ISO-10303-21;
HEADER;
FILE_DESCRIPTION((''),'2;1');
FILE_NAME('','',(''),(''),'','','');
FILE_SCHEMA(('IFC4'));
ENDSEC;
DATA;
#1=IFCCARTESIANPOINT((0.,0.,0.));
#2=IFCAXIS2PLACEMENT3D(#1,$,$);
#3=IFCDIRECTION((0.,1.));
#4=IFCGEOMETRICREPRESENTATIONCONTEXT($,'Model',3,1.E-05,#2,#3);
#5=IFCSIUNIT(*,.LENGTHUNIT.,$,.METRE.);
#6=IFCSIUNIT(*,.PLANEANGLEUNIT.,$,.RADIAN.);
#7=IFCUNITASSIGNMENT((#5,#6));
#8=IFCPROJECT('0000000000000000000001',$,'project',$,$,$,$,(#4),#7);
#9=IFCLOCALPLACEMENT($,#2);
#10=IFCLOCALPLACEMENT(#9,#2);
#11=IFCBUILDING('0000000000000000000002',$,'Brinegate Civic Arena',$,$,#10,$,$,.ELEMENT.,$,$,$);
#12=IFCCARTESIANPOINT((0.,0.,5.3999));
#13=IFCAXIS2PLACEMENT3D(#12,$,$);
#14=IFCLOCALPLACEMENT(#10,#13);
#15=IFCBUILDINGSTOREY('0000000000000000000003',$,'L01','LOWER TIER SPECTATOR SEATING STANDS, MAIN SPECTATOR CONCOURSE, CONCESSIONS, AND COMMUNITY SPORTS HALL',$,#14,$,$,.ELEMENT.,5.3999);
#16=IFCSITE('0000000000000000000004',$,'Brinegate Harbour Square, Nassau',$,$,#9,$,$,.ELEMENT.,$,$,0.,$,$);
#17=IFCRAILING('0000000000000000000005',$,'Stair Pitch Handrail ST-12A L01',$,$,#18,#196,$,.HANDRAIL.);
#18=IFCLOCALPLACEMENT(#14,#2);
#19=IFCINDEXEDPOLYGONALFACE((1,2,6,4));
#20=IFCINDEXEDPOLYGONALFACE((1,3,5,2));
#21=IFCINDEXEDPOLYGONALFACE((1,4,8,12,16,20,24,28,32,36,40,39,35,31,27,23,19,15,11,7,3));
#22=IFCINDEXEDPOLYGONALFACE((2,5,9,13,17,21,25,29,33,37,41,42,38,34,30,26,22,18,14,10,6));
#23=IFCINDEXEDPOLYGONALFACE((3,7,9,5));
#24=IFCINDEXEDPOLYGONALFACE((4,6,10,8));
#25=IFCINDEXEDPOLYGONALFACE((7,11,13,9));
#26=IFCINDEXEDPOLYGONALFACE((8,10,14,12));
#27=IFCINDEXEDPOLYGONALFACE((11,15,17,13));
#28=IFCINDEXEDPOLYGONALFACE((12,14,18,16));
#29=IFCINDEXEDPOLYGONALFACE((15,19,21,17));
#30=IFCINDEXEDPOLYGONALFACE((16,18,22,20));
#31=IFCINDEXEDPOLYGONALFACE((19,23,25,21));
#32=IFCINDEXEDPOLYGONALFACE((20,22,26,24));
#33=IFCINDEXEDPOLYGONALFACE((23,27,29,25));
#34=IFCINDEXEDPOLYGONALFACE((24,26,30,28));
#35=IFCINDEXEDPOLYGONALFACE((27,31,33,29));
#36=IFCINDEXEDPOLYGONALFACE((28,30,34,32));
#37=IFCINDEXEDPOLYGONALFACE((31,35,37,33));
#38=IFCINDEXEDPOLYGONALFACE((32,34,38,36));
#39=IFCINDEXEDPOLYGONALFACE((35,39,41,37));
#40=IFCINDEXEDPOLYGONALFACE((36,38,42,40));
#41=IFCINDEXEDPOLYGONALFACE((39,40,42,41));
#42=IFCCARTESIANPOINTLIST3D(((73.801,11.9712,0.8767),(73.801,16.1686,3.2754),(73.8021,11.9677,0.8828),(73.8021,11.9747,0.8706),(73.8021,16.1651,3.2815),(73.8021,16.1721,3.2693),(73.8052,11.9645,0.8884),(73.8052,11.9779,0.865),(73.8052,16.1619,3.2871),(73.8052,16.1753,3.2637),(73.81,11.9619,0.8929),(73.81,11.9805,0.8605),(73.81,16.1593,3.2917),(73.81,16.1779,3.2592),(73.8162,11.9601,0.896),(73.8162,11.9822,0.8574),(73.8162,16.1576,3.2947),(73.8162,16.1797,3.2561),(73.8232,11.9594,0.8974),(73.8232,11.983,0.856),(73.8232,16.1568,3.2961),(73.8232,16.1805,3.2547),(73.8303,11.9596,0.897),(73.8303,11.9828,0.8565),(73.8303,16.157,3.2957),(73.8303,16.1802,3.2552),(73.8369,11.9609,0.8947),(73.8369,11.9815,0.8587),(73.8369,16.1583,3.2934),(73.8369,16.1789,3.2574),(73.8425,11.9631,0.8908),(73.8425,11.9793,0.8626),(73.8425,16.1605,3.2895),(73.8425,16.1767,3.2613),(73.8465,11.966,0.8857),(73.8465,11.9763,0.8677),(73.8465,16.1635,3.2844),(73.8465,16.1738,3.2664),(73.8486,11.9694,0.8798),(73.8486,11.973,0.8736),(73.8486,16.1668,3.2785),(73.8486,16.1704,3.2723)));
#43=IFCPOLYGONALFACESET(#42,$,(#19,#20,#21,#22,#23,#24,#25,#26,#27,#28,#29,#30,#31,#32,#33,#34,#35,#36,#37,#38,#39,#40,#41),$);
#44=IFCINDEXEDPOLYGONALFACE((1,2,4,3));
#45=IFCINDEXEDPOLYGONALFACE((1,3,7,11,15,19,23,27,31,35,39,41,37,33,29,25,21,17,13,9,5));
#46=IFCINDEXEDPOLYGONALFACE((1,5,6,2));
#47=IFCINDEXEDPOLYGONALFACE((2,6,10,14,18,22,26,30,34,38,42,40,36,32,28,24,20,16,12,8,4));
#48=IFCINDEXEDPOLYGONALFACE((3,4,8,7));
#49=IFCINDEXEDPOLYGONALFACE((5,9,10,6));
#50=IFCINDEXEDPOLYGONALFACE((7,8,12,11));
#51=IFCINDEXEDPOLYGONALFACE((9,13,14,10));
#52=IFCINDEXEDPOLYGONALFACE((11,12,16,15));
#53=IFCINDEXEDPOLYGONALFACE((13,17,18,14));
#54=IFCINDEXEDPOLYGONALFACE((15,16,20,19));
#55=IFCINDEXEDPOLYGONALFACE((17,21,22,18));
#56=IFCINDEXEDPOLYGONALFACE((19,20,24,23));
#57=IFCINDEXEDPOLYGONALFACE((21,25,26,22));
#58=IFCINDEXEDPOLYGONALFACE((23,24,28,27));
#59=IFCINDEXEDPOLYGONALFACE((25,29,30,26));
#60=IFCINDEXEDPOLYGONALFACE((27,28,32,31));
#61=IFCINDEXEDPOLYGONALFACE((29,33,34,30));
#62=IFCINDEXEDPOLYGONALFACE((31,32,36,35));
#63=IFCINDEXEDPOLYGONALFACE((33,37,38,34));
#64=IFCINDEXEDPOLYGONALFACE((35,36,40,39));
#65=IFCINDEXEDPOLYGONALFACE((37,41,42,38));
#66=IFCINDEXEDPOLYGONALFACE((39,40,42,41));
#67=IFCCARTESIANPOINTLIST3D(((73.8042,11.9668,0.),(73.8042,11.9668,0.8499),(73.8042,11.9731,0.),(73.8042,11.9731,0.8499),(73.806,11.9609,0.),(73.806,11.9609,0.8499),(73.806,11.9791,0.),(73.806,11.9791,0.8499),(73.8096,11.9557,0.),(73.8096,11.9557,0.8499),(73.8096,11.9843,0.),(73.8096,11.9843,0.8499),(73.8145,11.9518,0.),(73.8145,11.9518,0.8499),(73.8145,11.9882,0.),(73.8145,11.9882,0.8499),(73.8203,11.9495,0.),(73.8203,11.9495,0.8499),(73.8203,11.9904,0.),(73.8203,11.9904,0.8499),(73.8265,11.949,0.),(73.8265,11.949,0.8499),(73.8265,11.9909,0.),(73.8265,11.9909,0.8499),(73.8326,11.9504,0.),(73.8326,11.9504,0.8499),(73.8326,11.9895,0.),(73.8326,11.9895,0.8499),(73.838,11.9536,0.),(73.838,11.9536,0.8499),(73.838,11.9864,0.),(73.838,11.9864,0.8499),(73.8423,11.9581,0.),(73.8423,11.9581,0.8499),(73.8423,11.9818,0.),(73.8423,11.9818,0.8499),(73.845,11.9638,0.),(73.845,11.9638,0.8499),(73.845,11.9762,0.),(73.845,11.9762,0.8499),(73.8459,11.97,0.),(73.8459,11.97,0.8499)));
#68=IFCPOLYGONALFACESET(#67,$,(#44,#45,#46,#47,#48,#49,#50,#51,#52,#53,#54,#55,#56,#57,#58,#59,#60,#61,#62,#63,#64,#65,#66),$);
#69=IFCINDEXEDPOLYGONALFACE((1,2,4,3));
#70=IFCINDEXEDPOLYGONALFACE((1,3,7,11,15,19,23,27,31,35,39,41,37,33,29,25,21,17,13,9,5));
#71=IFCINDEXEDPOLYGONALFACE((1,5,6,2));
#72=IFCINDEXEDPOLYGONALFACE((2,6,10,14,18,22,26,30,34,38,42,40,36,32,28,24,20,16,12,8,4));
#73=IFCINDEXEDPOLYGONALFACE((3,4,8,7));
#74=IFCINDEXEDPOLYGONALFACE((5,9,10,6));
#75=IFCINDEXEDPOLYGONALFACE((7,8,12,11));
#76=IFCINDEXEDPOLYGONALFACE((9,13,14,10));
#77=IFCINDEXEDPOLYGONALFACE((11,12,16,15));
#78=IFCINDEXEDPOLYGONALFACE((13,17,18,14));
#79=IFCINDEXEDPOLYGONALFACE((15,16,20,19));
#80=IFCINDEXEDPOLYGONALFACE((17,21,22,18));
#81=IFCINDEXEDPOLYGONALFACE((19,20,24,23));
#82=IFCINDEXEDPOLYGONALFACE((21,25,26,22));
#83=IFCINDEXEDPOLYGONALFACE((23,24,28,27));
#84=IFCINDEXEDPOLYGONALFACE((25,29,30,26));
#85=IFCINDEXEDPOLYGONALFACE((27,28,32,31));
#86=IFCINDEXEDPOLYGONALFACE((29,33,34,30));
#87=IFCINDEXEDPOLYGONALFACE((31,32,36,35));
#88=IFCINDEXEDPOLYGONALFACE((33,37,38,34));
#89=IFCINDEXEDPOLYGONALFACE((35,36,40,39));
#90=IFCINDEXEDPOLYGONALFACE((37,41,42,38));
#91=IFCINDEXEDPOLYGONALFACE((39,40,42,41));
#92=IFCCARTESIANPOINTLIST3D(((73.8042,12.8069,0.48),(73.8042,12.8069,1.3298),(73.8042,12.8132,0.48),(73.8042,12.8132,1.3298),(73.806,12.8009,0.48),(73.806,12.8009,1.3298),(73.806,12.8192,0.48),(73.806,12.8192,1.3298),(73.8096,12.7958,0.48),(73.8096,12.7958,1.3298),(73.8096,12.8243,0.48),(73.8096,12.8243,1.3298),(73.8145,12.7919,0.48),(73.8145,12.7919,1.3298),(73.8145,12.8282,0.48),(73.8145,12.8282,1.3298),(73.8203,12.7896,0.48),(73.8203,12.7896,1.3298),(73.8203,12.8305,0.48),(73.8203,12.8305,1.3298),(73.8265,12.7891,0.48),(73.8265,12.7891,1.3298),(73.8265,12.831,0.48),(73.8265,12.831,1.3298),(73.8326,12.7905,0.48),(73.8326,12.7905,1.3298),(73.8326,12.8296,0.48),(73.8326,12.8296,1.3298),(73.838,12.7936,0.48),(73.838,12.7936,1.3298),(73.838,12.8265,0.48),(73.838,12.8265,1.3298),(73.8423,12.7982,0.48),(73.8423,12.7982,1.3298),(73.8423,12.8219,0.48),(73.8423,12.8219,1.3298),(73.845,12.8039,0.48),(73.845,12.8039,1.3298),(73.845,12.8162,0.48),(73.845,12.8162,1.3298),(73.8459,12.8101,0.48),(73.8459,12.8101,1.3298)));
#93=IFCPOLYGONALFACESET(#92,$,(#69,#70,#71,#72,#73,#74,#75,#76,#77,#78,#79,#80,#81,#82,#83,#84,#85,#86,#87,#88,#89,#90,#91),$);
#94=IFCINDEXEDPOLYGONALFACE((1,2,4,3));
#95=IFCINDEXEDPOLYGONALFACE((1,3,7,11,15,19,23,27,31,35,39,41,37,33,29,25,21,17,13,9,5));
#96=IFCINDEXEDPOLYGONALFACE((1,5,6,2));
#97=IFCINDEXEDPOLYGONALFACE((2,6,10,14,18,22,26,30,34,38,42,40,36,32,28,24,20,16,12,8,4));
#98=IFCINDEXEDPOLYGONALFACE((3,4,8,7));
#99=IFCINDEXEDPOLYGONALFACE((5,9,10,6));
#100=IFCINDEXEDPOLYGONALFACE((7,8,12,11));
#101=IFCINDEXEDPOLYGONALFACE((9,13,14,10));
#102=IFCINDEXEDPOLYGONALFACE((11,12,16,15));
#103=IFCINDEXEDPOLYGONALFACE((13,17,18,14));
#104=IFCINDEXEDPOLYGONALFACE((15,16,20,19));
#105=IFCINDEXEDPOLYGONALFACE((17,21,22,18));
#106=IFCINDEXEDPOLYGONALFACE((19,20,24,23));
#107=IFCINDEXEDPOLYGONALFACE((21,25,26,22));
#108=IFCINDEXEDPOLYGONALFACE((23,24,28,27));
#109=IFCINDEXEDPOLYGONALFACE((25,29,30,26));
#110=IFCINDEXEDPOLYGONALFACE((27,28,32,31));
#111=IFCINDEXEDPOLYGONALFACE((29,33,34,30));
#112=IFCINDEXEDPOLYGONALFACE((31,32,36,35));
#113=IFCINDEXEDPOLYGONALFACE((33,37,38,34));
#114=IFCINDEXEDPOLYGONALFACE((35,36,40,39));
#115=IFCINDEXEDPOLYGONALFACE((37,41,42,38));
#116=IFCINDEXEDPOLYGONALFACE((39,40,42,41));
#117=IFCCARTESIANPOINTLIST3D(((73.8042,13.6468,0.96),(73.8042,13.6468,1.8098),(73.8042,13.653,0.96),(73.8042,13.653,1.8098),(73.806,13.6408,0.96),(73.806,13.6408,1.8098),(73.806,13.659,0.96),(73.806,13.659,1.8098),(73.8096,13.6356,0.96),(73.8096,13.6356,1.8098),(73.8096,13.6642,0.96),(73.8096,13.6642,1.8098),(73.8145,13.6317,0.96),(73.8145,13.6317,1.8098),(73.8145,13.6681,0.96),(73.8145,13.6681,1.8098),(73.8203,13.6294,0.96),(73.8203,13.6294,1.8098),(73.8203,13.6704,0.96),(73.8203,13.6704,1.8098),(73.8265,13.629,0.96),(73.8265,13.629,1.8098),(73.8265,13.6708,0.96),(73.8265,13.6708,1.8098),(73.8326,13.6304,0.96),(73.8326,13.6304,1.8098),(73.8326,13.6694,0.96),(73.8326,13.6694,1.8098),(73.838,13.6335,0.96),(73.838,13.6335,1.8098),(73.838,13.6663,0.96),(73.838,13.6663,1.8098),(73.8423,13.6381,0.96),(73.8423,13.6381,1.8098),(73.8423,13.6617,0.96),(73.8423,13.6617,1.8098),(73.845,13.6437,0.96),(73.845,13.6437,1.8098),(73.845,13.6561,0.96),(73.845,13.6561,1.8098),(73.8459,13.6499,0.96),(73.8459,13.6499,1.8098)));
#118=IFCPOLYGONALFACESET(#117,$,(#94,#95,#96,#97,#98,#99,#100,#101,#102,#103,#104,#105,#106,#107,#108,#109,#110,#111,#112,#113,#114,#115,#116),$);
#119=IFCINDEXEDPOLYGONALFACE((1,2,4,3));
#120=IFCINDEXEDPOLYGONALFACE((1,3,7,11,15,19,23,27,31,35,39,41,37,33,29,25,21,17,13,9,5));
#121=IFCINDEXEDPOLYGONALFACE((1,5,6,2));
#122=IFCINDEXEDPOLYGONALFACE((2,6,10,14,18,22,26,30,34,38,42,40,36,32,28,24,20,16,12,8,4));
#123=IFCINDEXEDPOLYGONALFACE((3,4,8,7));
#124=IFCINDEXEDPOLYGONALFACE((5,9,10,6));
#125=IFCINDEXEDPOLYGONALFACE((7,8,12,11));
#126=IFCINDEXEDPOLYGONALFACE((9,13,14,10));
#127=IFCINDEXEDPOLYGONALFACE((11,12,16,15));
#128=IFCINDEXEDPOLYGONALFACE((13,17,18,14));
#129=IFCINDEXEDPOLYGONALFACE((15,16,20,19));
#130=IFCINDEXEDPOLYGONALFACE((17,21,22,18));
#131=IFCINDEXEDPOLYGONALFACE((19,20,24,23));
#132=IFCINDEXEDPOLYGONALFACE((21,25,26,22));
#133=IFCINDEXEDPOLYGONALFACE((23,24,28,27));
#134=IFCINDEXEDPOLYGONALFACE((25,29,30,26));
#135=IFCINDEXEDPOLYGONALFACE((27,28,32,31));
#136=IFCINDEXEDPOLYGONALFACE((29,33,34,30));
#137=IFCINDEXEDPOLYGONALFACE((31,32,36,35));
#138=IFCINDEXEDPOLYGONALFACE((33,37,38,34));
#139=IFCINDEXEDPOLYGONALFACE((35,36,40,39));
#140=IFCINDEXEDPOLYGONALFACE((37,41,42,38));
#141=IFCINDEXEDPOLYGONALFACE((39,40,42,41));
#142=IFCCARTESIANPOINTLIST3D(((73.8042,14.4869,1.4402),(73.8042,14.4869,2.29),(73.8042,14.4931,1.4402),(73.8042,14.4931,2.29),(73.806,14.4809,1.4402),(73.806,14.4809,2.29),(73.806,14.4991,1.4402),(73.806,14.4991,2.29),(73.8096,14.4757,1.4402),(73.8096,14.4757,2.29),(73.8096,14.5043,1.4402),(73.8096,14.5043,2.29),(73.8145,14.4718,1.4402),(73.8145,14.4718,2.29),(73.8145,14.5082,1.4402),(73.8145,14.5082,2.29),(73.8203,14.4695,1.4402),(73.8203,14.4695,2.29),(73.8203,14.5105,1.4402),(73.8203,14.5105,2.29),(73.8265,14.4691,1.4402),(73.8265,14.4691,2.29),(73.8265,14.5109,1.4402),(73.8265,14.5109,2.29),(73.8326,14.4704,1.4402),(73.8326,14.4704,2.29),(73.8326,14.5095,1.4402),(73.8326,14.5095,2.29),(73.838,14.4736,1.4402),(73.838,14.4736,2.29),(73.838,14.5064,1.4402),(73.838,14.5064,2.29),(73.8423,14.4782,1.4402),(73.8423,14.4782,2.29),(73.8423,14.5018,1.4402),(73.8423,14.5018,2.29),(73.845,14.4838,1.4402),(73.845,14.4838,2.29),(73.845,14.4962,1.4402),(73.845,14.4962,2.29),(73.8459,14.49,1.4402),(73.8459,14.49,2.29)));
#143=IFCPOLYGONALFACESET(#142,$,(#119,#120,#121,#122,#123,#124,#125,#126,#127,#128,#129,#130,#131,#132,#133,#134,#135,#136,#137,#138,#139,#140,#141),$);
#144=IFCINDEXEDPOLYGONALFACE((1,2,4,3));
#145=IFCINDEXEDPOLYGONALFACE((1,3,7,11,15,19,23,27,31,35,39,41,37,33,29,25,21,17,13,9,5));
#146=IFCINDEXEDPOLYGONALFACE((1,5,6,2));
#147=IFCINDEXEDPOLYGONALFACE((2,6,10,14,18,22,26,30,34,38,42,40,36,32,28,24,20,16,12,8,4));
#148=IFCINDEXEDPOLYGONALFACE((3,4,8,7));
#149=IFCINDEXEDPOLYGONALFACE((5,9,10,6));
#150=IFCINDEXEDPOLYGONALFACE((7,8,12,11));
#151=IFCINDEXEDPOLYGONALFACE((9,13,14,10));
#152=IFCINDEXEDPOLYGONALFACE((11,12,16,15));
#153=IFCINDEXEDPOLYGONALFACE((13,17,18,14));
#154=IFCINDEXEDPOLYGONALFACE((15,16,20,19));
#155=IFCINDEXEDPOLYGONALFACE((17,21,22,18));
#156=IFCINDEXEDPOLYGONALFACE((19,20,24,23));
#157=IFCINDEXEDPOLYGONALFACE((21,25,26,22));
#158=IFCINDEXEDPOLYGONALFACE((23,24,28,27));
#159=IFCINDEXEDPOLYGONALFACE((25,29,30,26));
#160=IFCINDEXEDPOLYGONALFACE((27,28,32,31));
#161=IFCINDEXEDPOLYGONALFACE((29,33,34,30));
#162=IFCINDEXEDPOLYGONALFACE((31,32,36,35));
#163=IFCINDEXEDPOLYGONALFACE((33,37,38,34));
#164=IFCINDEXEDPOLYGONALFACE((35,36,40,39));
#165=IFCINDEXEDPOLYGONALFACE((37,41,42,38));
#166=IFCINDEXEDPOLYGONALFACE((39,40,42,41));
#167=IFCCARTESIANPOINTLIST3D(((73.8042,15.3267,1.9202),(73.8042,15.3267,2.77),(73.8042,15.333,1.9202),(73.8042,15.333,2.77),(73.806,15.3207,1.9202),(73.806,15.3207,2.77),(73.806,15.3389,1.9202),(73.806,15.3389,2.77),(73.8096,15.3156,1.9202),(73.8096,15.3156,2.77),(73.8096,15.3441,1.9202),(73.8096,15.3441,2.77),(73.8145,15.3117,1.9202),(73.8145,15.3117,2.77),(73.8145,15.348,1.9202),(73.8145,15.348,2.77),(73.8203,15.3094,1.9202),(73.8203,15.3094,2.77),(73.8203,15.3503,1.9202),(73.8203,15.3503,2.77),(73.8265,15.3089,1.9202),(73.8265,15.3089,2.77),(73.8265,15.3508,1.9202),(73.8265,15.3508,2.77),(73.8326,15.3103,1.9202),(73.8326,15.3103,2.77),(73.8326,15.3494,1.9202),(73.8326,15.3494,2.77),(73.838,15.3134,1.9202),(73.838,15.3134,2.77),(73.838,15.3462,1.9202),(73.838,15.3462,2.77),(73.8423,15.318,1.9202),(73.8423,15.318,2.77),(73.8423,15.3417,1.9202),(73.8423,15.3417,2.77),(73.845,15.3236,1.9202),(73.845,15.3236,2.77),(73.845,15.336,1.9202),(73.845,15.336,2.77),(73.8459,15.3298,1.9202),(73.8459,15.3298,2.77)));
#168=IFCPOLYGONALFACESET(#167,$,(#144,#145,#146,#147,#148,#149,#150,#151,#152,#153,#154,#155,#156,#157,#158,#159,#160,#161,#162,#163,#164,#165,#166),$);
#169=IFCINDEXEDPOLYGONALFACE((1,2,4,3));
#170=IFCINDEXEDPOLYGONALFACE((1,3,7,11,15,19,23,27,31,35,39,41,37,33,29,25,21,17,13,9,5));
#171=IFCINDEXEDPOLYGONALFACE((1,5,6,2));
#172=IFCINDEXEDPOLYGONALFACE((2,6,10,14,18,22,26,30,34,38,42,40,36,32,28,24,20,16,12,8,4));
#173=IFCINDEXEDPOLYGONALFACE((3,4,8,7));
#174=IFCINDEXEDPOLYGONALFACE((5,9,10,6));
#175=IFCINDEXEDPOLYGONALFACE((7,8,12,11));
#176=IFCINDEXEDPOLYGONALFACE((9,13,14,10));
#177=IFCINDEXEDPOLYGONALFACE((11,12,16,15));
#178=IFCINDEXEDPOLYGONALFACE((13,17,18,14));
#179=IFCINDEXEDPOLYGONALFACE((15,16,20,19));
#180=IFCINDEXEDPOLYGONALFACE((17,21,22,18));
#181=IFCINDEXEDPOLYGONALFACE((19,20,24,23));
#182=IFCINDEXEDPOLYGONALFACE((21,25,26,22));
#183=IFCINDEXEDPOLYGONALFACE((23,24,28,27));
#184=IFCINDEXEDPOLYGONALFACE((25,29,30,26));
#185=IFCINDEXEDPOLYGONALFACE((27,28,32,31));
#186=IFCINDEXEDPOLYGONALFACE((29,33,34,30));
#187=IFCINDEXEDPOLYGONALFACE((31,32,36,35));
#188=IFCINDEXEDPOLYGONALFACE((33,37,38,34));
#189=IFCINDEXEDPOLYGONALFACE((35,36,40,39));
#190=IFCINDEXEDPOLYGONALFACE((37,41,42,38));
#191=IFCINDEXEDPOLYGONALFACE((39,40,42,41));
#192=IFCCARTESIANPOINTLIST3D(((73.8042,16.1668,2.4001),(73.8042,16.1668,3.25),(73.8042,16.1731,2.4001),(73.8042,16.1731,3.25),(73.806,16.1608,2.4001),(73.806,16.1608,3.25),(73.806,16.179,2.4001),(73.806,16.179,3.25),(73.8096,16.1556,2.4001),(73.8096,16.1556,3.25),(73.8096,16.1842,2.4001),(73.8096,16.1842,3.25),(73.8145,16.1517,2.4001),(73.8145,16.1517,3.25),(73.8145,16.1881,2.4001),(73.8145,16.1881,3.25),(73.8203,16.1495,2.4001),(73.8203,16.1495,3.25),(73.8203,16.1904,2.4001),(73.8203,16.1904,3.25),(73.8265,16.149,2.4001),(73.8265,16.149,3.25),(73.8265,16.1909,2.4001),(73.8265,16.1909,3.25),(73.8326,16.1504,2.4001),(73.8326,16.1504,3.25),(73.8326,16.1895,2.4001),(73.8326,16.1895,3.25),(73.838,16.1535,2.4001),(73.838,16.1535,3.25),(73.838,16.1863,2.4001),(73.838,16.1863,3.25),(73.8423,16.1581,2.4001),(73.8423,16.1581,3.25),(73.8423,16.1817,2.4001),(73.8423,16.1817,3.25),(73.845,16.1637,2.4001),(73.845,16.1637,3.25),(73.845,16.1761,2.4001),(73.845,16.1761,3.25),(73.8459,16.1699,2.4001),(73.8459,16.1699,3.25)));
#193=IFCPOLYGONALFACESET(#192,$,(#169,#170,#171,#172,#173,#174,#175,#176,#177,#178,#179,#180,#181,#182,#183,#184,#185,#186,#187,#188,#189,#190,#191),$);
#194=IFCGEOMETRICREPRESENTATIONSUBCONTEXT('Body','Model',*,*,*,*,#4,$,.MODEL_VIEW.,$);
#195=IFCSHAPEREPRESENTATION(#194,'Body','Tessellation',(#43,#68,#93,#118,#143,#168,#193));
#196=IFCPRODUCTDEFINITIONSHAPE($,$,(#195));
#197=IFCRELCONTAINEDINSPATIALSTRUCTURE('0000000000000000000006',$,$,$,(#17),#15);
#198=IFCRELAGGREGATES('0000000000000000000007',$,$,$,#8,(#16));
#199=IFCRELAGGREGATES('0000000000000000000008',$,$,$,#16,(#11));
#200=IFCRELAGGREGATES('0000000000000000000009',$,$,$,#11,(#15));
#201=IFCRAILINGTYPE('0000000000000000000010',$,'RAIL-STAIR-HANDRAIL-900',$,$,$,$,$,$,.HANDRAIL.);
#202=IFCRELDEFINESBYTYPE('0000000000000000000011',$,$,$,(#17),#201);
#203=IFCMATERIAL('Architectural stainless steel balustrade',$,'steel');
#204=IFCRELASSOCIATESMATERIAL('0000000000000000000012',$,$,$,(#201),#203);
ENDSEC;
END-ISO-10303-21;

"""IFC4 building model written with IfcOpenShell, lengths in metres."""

from ifc_helpers import new_model, si_unit, direction, frame, origin, origin_2d, place, context, subcontext, project, spatial, circle, extrude, material, type_object, element, save


model = new_model("IFC4")

# Units and contexts
model_context = context("Model", 3, precision=1e-05, world=origin(), true_north=direction((0.0, 1.0)))
body_context = subcontext(model_context, "Body", "Model", "MODEL_VIEW")
ifc_project = project(units=[si_unit("LENGTHUNIT", "METRE"), si_unit("PLANEANGLEUNIT", "RADIAN")], contexts=[model_context])

# Site, building, storey
site_placement = place(None, origin())
site = spatial("IfcSite", under=ifc_project, at=site_placement, Name="Brinegate Harbour Square, Nassau", CompositionType="ELEMENT", RefElevation=0.0)
building_placement = place(site_placement, origin())
building = spatial("IfcBuilding", under=site, at=building_placement, Name="Brinegate Civic Arena", CompositionType="ELEMENT")
storey_placement = place(building_placement, frame((0.0, 0.0, 5.3999)))
storey = spatial("IfcBuildingStorey", under=building, at=storey_placement, Name="L01", Description="LOWER TIER SPECTATOR SEATING STANDS, MAIN SPECTATOR CONCOURSE, CONCESSIONS, AND COMMUNITY SPORTS HALL", CompositionType="ELEMENT", Elevation=5.3999)

# Railing
ifc_material_1 = material(Name="Architectural stainless steel balustrade", Category="steel")
railing_type_1 = type_object("IfcRailingType", Name="RAIL-STAIR-HANDRAIL-900", PredefinedType="HANDRAIL", material=ifc_material_1)
for number, where, name in (
    (1, (73.825, 11.97, 0.0), "Stair Pitch Handrail ST-12A L01"),
):
    element("IfcRailing", number, at=place(storey_placement, frame(where)), inside=storey, type_object=railing_type_1, Name=name, PredefinedType="HANDRAIL", context=body_context, shape_type="SweptSolid", body=[
        extrude(circle(Radius=0.0239, at=origin_2d()), frame((0.0, 0.0012, 0.8767), z_axis=(0.0, 0.868228, 0.496166), x_axis=(-1.0, 0.0, 0.0)), (0.0, 0.0, 1.0), 4.8345),
        extrude(circle(Radius=0.021, at=origin_2d()), origin(), (0.0, 0.0, 1.0), 0.8499),
        extrude(circle(Radius=0.021, at=origin_2d()), frame((0.0, 0.8401, 0.48)), (0.0, 0.0, 1.0), 0.8499),
        extrude(circle(Radius=0.021, at=origin_2d()), frame((0.0, 1.6799, 0.96)), (0.0, 0.0, 1.0), 0.8499),
        extrude(circle(Radius=0.021, at=origin_2d()), frame((0.0, 2.52, 1.4402)), (0.0, 0.0, 1.0), 0.8499),
        extrude(circle(Radius=0.021, at=origin_2d()), frame((0.0, 3.3599, 1.9202)), (0.0, 0.0, 1.0), 0.8499),
        extrude(circle(Radius=0.021, at=origin_2d()), frame((0.0, 4.2, 2.4001)), (0.0, 0.0, 1.0), 0.8499),
    ])

save(model, "model.ifc")
